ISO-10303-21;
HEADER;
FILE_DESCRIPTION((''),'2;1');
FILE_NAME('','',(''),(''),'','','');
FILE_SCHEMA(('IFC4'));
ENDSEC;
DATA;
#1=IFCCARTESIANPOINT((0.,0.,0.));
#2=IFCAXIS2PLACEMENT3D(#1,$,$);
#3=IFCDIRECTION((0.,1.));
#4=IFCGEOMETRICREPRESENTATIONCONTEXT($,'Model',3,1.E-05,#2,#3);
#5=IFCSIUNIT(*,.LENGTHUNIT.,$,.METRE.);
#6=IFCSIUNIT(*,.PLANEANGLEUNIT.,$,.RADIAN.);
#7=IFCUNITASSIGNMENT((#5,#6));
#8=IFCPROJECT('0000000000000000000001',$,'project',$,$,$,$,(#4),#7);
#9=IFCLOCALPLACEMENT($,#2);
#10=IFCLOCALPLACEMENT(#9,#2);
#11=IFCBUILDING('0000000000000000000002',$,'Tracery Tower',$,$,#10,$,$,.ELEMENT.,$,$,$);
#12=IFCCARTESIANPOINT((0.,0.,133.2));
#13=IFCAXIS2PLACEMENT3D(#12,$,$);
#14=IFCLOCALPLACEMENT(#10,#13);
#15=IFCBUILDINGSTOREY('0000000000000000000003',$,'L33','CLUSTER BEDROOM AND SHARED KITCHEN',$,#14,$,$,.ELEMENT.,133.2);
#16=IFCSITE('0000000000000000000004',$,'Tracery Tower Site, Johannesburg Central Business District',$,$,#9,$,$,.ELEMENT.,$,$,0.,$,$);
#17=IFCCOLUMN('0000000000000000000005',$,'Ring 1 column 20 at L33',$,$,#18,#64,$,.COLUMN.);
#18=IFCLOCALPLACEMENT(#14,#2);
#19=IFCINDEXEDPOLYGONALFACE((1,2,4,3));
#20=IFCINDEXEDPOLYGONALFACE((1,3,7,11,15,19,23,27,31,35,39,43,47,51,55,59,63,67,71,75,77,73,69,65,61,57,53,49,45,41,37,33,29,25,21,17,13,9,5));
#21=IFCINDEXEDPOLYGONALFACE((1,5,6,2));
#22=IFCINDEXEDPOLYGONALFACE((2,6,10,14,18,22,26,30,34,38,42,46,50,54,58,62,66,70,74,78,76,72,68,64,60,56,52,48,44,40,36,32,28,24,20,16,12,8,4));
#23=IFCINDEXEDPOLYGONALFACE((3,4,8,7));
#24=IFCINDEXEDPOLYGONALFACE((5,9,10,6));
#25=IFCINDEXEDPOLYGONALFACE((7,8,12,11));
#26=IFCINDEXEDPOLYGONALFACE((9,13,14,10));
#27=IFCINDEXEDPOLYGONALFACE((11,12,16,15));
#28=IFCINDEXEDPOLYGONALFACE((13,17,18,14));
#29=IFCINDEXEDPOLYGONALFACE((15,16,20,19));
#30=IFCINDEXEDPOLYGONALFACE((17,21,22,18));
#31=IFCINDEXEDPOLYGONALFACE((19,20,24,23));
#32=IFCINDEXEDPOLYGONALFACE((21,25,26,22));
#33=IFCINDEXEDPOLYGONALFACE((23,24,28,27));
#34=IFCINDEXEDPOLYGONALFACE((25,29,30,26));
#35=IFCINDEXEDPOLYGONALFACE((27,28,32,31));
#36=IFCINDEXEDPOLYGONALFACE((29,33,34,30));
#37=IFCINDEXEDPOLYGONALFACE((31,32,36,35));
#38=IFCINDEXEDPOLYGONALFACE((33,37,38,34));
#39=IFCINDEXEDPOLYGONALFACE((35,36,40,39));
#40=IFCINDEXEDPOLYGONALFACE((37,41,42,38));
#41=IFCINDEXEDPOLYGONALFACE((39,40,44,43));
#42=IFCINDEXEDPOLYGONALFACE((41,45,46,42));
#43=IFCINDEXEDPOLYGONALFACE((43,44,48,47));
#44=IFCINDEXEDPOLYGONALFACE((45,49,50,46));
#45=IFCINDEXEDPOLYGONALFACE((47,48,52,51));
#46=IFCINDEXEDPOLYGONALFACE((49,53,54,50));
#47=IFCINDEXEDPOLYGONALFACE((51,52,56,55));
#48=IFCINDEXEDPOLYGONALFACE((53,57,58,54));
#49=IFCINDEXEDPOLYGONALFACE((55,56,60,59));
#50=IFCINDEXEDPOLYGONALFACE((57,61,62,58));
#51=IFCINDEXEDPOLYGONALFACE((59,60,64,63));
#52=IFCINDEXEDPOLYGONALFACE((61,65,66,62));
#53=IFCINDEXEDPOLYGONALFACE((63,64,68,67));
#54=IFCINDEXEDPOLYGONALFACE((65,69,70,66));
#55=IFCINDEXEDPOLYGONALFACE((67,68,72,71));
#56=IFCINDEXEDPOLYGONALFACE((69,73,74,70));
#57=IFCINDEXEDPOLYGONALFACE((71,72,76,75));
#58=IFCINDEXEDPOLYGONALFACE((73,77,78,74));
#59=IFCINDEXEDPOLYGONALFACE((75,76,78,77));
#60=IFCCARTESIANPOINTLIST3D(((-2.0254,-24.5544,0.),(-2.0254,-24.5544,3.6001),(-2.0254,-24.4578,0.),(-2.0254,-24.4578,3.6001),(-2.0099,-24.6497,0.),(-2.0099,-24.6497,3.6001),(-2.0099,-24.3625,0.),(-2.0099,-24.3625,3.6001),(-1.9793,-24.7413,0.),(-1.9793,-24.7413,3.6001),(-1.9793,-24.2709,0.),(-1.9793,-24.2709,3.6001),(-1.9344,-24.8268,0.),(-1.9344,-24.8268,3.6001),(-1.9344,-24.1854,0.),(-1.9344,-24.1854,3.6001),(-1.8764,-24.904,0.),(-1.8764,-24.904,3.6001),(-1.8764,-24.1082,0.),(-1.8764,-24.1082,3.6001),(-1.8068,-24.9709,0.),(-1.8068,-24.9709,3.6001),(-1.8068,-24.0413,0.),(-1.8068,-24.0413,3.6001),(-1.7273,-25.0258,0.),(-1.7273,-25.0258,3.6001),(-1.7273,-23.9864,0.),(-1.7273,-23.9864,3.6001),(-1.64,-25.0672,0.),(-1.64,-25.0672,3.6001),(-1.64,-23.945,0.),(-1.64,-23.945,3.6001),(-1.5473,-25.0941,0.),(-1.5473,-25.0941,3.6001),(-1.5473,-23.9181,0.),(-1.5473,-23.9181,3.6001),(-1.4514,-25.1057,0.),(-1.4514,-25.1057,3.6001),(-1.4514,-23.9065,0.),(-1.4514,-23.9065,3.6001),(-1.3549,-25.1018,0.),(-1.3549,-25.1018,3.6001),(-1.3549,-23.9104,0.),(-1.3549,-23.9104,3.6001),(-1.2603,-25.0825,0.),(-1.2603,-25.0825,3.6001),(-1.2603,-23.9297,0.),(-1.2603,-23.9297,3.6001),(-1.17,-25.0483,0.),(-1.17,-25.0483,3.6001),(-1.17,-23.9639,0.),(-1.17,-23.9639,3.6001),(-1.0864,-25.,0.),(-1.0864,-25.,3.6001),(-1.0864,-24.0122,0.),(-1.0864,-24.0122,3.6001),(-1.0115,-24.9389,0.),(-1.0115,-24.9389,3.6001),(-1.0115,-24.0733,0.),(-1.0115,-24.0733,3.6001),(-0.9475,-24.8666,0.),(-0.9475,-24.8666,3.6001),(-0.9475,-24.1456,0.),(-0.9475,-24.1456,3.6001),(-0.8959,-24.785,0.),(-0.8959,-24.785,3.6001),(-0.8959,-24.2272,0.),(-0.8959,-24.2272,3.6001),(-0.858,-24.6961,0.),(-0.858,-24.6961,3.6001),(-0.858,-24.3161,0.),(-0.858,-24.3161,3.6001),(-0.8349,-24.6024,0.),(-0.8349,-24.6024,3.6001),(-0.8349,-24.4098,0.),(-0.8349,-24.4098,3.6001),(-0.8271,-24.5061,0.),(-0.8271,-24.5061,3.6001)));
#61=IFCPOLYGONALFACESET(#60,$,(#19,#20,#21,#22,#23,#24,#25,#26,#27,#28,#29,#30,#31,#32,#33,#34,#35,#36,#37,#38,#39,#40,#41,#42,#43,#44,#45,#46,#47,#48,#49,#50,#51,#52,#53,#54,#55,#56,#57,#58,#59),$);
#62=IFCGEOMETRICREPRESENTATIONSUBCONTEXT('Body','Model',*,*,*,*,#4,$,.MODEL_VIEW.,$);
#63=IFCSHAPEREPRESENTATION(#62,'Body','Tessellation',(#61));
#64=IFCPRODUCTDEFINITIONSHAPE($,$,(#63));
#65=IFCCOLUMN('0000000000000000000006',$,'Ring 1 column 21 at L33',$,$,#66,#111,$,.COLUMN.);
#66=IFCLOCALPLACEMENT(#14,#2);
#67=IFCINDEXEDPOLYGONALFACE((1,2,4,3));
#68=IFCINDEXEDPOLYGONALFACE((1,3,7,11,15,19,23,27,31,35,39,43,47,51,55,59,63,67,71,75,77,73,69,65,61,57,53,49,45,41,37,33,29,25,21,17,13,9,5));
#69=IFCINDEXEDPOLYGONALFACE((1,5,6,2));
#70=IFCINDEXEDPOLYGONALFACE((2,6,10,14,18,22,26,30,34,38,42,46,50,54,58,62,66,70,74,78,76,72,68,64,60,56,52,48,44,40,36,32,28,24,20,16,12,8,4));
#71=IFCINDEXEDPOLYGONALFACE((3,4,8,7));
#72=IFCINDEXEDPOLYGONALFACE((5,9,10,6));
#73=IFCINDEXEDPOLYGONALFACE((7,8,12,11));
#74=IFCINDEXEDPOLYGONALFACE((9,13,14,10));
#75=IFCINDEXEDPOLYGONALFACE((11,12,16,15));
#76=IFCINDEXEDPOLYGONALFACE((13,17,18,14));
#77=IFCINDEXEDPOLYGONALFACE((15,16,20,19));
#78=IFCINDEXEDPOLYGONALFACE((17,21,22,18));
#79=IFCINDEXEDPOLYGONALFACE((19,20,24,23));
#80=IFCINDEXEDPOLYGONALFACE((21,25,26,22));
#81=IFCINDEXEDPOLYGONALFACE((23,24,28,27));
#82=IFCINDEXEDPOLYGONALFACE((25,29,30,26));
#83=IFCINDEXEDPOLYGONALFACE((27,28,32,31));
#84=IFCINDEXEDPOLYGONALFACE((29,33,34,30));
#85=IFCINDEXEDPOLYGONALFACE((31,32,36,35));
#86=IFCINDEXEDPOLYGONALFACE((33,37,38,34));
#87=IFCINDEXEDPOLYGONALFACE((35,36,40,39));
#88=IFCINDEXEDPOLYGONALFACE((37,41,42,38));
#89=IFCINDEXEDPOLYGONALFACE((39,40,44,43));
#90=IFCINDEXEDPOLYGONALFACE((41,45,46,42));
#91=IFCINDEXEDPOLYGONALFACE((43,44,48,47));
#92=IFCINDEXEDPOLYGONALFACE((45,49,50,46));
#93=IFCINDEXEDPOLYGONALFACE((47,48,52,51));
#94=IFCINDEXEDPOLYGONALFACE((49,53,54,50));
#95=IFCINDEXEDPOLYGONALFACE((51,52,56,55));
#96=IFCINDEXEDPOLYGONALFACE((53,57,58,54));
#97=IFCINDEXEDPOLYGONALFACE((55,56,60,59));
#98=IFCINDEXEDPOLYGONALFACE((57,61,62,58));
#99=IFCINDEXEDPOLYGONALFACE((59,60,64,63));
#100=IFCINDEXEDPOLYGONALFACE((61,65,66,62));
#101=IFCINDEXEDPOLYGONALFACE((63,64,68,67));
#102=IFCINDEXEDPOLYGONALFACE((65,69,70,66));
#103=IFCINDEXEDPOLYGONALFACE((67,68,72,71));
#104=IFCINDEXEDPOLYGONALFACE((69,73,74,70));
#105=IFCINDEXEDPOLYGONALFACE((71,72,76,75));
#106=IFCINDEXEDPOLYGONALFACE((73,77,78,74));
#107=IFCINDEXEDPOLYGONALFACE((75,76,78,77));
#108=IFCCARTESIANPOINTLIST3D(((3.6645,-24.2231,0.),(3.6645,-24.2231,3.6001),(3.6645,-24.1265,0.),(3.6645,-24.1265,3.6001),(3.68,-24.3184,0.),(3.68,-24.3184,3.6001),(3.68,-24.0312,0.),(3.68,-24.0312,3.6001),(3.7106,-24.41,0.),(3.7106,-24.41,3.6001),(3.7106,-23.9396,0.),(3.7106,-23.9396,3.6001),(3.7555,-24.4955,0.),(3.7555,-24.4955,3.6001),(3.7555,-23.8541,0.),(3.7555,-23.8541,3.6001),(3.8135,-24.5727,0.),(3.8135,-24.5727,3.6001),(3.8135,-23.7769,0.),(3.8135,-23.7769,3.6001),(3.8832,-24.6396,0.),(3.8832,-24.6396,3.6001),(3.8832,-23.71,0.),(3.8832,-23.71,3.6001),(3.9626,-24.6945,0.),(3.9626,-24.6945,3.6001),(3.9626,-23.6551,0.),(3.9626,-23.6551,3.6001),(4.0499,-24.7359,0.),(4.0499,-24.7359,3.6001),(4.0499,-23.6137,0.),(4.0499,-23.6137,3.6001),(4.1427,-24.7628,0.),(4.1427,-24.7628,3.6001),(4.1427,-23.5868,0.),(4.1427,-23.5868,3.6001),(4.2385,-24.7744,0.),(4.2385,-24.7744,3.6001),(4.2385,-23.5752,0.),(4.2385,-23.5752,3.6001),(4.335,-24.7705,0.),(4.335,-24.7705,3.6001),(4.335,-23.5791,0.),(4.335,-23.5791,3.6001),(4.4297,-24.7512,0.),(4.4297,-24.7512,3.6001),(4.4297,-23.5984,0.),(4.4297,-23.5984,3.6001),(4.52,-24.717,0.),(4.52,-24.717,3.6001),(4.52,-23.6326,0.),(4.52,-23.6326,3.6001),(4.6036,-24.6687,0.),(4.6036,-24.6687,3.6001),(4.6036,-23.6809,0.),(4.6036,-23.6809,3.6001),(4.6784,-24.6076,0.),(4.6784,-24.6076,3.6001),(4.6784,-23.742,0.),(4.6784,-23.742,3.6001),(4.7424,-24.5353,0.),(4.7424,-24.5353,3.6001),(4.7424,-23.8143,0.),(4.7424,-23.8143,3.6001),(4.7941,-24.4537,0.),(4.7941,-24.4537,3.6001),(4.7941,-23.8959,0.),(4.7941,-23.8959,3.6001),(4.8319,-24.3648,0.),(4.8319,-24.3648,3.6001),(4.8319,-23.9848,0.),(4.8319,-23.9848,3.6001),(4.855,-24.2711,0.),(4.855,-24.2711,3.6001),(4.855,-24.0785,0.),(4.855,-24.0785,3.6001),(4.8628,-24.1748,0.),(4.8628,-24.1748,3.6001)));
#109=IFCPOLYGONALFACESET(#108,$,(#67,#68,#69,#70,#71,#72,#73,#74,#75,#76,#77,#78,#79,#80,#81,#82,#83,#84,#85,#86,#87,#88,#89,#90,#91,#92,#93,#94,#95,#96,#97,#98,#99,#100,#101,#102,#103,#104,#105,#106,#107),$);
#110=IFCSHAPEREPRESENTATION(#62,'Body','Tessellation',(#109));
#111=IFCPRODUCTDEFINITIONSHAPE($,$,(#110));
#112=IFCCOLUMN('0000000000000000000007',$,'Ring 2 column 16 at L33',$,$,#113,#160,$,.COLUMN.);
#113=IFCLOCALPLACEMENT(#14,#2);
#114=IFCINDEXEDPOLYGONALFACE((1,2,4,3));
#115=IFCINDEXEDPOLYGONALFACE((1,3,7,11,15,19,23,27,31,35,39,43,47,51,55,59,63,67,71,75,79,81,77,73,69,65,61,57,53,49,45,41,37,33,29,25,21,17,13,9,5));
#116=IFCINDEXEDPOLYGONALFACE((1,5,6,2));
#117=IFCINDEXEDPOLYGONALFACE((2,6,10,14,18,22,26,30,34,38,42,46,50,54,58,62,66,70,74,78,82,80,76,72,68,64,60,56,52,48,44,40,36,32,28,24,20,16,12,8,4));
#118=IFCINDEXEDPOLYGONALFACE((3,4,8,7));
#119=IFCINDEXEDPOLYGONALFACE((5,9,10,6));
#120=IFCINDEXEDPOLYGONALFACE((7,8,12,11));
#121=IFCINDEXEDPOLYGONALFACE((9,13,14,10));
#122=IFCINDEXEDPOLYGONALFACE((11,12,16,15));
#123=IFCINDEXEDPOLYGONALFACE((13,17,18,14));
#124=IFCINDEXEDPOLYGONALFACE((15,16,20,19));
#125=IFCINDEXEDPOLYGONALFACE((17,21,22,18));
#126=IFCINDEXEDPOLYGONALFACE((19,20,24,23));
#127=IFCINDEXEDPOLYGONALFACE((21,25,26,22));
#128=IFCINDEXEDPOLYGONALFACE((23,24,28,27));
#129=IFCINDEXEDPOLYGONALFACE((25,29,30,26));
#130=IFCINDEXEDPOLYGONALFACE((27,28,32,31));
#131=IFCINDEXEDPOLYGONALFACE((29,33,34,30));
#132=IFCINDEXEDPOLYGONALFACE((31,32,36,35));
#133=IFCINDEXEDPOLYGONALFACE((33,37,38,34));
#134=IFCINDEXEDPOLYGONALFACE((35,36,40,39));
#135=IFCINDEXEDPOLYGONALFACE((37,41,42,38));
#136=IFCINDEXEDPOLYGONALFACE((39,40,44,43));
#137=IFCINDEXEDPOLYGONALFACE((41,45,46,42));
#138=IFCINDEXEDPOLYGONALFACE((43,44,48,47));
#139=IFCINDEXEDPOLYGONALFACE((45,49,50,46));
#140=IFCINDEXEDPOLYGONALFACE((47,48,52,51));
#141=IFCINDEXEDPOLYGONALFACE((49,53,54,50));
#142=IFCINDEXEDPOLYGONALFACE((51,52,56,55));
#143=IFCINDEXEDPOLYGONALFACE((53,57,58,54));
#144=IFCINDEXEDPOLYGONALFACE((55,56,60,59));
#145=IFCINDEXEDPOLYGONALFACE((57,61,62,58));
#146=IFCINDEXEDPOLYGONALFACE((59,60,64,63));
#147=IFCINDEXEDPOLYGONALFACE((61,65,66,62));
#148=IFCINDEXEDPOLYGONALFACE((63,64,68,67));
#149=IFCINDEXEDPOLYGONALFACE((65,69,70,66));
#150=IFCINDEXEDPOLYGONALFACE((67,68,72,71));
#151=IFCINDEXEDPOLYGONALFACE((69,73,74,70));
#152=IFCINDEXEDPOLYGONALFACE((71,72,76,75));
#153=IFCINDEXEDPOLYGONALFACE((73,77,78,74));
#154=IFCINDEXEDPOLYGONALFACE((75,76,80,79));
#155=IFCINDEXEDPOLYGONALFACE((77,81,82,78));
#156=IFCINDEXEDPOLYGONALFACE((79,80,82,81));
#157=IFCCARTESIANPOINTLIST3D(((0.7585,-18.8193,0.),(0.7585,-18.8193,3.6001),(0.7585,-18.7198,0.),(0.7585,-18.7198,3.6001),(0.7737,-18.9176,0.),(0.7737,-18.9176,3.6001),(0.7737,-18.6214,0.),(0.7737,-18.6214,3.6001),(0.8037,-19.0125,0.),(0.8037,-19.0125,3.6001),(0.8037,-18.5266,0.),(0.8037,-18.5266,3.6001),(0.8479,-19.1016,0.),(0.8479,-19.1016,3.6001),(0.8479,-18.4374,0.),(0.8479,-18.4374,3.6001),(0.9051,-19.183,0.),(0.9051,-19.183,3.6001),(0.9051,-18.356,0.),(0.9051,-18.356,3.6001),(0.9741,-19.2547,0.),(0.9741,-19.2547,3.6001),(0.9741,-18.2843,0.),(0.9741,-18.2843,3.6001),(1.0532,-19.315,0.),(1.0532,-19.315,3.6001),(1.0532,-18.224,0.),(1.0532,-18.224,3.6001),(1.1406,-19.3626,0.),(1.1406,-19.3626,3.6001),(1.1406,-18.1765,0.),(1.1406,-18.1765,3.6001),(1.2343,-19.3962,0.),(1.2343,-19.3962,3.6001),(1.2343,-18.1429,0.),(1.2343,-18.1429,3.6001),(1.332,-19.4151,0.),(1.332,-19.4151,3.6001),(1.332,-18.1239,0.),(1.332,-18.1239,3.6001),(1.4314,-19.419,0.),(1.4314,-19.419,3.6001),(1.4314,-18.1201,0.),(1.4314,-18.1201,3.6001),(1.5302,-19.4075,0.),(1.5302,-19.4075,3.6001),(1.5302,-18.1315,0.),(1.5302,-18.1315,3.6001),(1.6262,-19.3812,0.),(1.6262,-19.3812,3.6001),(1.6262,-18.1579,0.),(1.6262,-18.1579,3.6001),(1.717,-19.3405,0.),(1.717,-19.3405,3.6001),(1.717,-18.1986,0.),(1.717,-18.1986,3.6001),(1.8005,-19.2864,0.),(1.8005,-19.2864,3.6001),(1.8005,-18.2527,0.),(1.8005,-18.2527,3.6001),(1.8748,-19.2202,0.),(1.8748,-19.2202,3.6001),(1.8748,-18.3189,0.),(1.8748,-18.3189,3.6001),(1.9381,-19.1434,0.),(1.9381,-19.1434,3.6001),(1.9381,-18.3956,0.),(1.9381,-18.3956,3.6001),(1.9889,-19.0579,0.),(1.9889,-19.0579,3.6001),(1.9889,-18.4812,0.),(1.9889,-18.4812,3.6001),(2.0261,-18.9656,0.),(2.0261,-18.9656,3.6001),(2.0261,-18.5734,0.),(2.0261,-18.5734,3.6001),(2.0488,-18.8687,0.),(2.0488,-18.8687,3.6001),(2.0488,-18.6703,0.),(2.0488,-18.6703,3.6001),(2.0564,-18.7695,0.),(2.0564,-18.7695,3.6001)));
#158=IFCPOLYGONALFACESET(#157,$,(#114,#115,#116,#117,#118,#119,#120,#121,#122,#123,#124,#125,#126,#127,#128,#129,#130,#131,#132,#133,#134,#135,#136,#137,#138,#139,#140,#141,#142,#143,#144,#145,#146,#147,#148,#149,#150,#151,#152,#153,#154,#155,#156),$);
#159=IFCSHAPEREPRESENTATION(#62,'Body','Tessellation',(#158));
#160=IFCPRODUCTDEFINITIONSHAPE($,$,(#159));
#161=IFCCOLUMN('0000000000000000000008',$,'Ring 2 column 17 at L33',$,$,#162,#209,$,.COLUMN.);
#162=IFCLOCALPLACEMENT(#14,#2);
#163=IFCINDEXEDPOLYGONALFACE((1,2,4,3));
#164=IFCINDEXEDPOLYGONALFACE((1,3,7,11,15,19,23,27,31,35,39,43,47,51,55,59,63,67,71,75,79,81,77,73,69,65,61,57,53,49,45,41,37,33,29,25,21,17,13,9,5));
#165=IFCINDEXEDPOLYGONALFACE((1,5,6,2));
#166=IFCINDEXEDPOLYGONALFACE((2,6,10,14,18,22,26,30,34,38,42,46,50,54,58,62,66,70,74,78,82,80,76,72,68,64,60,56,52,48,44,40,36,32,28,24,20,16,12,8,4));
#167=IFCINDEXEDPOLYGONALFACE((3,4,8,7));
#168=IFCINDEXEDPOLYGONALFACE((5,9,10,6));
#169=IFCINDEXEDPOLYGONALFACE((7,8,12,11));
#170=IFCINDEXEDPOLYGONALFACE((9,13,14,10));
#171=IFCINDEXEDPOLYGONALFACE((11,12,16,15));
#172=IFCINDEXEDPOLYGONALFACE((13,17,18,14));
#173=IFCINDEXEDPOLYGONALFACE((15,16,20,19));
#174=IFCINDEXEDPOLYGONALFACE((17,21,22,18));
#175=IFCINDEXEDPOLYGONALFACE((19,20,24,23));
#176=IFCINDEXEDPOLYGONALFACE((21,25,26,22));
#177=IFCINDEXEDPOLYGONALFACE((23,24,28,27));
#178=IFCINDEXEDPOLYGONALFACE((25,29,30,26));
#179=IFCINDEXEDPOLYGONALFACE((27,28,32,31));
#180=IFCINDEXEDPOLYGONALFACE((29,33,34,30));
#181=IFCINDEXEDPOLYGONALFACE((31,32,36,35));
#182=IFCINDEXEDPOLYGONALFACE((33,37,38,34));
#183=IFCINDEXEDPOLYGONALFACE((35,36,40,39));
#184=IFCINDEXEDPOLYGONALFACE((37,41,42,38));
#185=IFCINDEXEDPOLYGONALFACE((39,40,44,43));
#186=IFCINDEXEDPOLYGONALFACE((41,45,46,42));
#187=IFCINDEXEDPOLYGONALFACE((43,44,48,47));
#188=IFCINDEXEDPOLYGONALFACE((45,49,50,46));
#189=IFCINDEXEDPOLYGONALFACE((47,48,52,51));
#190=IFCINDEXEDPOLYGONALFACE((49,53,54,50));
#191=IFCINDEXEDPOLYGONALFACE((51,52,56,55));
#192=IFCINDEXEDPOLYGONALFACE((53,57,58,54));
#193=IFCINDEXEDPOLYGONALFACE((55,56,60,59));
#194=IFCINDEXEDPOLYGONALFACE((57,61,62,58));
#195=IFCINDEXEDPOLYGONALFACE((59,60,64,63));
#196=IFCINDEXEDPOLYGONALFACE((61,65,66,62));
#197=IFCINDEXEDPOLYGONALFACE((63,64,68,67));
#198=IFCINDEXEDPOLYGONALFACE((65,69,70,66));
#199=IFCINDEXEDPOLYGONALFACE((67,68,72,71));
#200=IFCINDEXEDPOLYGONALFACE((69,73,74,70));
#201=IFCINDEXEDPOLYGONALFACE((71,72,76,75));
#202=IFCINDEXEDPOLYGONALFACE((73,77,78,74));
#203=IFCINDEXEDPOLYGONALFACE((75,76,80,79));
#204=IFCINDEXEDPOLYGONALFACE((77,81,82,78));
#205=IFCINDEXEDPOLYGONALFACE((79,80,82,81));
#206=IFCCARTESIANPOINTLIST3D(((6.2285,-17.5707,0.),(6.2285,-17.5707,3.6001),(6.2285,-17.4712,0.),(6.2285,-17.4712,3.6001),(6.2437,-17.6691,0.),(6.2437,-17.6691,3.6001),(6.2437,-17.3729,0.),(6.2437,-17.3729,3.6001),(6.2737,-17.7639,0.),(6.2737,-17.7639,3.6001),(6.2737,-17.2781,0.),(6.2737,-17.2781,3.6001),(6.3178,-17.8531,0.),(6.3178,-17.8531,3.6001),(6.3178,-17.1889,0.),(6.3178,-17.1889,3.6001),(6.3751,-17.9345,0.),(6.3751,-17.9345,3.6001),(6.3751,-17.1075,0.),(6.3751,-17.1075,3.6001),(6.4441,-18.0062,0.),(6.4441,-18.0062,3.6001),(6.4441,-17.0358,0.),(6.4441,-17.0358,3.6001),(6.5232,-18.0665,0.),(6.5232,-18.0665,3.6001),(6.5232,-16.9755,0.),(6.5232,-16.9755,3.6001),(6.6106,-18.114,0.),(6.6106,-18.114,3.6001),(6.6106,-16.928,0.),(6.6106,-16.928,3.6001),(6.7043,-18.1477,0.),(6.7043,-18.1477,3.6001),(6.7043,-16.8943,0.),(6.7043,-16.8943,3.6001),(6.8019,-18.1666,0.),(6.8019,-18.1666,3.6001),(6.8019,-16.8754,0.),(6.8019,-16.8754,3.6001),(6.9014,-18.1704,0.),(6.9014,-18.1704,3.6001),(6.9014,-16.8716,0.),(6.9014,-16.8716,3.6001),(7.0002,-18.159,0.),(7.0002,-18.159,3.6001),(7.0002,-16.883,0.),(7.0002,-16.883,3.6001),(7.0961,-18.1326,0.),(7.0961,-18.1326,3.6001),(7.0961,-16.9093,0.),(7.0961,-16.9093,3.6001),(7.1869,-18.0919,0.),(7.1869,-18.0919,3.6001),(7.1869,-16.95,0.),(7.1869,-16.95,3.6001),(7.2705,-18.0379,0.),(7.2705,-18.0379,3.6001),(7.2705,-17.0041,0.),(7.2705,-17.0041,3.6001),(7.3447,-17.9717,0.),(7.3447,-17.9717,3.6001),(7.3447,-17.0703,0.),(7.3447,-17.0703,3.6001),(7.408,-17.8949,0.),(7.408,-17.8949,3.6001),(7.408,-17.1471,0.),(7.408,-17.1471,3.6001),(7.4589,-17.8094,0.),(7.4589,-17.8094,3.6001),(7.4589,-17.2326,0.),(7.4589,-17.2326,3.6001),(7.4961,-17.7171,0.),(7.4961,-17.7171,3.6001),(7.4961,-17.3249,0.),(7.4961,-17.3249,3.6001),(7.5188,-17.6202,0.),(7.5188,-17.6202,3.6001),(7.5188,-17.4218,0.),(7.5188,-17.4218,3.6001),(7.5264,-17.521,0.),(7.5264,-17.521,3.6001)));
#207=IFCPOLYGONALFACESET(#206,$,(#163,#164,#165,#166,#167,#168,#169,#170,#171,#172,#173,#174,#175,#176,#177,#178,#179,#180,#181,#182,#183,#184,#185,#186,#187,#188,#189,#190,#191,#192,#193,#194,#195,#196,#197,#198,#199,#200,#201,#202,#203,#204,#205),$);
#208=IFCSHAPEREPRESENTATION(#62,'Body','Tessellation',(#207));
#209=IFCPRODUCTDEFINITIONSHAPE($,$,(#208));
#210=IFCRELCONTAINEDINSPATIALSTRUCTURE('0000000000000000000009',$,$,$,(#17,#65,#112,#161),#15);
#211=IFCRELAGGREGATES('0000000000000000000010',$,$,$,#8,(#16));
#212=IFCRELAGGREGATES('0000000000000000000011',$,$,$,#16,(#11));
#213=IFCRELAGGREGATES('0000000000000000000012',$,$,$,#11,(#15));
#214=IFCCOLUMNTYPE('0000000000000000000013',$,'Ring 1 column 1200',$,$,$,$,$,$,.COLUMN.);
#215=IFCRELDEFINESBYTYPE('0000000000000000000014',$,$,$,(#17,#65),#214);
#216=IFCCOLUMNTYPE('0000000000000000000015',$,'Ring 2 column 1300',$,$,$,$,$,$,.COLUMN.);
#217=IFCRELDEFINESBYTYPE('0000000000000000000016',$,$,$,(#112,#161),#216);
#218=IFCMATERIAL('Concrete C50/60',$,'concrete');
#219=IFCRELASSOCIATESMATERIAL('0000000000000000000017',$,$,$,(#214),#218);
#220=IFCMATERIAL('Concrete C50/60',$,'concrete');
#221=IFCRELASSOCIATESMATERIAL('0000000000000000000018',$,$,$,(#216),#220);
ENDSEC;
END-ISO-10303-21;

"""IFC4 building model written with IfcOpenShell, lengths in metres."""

from ifc_helpers import new_model, si_unit, direction, frame, origin, origin_2d, place, context, subcontext, project, spatial, circle, extrude, material, material_profile, profile_set, type_object, element, save


model = new_model("IFC4")

# Units and contexts
model_context = context("Model", 3, precision=1e-05, world=origin(), true_north=direction((0.0, 1.0)))
body_context = subcontext(model_context, "Body", "Model", "MODEL_VIEW")
ifc_project = project(units=[si_unit("LENGTHUNIT", "METRE"), si_unit("PLANEANGLEUNIT", "RADIAN")], contexts=[model_context])

# Site, building, storey
site_placement = place(None, origin())
site = spatial("IfcSite", under=ifc_project, at=site_placement, Name="Tracery Tower Site, Johannesburg Central Business District", CompositionType="ELEMENT", RefElevation=0.0)
building_placement = place(site_placement, origin())
building = spatial("IfcBuilding", under=site, at=building_placement, Name="Tracery Tower", CompositionType="ELEMENT")
storey_placement = place(building_placement, frame((0.0, 0.0, 133.2)))
storey = spatial("IfcBuildingStorey", under=building, at=storey_placement, Name="L33", Description="CLUSTER BEDROOM AND SHARED KITCHEN", CompositionType="ELEMENT", Elevation=133.2)

# Columns
ifc_material_1 = material(Name="Concrete C50/60", Category="concrete")
ifc_material_profile_1 = material_profile(ifc_material_1, circle(Radius=0.6001, at=origin_2d()), Name="RC D1200")
ifc_profile_set_1 = profile_set([ifc_material_profile_1], Name="Concrete C50/60")
column_type_1 = type_object("IfcColumnType", Name="Ring 1 column 1200", PredefinedType="COLUMN", material=ifc_profile_set_1)
for number, where, z_axis, x_axis, name in (
    (1, (-1.4272, -24.5061, 0.0), (0.0, 0.0, 1.0), (1.0, 0.0, 0.0), "Ring 1 column 20 at L33"),
    (2, (4.2627, -24.1748, 0.0), (0.0, 0.0, 1.0), (1.0, 0.0, 0.0), "Ring 1 column 21 at L33"),
):
    element("IfcColumn", number, at=place(storey_placement, frame(where, z_axis=z_axis, x_axis=x_axis)), inside=storey, type_object=column_type_1, Name=name, PredefinedType="COLUMN", context=body_context, shape_type="SweptSolid", body=[
        extrude(circle(Radius=0.6001, at=origin_2d()), origin(), (0.0, 0.0, 1.0), 3.6001),
    ])
ifc_material_2 = material(Name="Concrete C50/60", Category="concrete")
ifc_material_profile_2 = material_profile(ifc_material_2, circle(Radius=0.6499, at=origin_2d()), Name="RC D1300")
ifc_profile_set_2 = profile_set([ifc_material_profile_2], Name="Concrete C50/60")
column_type_2 = type_object("IfcColumnType", Name="Ring 2 column 1300", PredefinedType="COLUMN", material=ifc_profile_set_2)
for number, where, z_axis, x_axis, name in (
    (3, (1.4065, -18.7695, 0.0), (0.0, 0.0, 1.0), (1.0, 0.0, 0.0), "Ring 2 column 16 at L33"),
    (4, (6.8765, -17.521, 0.0), (0.0, 0.0, 1.0), (1.0, 0.0, 0.0), "Ring 2 column 17 at L33"),
):
    element("IfcColumn", number, at=place(storey_placement, frame(where, z_axis=z_axis, x_axis=x_axis)), inside=storey, type_object=column_type_2, Name=name, PredefinedType="COLUMN", context=body_context, shape_type="SweptSolid", body=[
        extrude(circle(Radius=0.6499, at=origin_2d()), origin(), (0.0, 0.0, 1.0), 3.6001),
    ])

save(model, "model.ifc")
